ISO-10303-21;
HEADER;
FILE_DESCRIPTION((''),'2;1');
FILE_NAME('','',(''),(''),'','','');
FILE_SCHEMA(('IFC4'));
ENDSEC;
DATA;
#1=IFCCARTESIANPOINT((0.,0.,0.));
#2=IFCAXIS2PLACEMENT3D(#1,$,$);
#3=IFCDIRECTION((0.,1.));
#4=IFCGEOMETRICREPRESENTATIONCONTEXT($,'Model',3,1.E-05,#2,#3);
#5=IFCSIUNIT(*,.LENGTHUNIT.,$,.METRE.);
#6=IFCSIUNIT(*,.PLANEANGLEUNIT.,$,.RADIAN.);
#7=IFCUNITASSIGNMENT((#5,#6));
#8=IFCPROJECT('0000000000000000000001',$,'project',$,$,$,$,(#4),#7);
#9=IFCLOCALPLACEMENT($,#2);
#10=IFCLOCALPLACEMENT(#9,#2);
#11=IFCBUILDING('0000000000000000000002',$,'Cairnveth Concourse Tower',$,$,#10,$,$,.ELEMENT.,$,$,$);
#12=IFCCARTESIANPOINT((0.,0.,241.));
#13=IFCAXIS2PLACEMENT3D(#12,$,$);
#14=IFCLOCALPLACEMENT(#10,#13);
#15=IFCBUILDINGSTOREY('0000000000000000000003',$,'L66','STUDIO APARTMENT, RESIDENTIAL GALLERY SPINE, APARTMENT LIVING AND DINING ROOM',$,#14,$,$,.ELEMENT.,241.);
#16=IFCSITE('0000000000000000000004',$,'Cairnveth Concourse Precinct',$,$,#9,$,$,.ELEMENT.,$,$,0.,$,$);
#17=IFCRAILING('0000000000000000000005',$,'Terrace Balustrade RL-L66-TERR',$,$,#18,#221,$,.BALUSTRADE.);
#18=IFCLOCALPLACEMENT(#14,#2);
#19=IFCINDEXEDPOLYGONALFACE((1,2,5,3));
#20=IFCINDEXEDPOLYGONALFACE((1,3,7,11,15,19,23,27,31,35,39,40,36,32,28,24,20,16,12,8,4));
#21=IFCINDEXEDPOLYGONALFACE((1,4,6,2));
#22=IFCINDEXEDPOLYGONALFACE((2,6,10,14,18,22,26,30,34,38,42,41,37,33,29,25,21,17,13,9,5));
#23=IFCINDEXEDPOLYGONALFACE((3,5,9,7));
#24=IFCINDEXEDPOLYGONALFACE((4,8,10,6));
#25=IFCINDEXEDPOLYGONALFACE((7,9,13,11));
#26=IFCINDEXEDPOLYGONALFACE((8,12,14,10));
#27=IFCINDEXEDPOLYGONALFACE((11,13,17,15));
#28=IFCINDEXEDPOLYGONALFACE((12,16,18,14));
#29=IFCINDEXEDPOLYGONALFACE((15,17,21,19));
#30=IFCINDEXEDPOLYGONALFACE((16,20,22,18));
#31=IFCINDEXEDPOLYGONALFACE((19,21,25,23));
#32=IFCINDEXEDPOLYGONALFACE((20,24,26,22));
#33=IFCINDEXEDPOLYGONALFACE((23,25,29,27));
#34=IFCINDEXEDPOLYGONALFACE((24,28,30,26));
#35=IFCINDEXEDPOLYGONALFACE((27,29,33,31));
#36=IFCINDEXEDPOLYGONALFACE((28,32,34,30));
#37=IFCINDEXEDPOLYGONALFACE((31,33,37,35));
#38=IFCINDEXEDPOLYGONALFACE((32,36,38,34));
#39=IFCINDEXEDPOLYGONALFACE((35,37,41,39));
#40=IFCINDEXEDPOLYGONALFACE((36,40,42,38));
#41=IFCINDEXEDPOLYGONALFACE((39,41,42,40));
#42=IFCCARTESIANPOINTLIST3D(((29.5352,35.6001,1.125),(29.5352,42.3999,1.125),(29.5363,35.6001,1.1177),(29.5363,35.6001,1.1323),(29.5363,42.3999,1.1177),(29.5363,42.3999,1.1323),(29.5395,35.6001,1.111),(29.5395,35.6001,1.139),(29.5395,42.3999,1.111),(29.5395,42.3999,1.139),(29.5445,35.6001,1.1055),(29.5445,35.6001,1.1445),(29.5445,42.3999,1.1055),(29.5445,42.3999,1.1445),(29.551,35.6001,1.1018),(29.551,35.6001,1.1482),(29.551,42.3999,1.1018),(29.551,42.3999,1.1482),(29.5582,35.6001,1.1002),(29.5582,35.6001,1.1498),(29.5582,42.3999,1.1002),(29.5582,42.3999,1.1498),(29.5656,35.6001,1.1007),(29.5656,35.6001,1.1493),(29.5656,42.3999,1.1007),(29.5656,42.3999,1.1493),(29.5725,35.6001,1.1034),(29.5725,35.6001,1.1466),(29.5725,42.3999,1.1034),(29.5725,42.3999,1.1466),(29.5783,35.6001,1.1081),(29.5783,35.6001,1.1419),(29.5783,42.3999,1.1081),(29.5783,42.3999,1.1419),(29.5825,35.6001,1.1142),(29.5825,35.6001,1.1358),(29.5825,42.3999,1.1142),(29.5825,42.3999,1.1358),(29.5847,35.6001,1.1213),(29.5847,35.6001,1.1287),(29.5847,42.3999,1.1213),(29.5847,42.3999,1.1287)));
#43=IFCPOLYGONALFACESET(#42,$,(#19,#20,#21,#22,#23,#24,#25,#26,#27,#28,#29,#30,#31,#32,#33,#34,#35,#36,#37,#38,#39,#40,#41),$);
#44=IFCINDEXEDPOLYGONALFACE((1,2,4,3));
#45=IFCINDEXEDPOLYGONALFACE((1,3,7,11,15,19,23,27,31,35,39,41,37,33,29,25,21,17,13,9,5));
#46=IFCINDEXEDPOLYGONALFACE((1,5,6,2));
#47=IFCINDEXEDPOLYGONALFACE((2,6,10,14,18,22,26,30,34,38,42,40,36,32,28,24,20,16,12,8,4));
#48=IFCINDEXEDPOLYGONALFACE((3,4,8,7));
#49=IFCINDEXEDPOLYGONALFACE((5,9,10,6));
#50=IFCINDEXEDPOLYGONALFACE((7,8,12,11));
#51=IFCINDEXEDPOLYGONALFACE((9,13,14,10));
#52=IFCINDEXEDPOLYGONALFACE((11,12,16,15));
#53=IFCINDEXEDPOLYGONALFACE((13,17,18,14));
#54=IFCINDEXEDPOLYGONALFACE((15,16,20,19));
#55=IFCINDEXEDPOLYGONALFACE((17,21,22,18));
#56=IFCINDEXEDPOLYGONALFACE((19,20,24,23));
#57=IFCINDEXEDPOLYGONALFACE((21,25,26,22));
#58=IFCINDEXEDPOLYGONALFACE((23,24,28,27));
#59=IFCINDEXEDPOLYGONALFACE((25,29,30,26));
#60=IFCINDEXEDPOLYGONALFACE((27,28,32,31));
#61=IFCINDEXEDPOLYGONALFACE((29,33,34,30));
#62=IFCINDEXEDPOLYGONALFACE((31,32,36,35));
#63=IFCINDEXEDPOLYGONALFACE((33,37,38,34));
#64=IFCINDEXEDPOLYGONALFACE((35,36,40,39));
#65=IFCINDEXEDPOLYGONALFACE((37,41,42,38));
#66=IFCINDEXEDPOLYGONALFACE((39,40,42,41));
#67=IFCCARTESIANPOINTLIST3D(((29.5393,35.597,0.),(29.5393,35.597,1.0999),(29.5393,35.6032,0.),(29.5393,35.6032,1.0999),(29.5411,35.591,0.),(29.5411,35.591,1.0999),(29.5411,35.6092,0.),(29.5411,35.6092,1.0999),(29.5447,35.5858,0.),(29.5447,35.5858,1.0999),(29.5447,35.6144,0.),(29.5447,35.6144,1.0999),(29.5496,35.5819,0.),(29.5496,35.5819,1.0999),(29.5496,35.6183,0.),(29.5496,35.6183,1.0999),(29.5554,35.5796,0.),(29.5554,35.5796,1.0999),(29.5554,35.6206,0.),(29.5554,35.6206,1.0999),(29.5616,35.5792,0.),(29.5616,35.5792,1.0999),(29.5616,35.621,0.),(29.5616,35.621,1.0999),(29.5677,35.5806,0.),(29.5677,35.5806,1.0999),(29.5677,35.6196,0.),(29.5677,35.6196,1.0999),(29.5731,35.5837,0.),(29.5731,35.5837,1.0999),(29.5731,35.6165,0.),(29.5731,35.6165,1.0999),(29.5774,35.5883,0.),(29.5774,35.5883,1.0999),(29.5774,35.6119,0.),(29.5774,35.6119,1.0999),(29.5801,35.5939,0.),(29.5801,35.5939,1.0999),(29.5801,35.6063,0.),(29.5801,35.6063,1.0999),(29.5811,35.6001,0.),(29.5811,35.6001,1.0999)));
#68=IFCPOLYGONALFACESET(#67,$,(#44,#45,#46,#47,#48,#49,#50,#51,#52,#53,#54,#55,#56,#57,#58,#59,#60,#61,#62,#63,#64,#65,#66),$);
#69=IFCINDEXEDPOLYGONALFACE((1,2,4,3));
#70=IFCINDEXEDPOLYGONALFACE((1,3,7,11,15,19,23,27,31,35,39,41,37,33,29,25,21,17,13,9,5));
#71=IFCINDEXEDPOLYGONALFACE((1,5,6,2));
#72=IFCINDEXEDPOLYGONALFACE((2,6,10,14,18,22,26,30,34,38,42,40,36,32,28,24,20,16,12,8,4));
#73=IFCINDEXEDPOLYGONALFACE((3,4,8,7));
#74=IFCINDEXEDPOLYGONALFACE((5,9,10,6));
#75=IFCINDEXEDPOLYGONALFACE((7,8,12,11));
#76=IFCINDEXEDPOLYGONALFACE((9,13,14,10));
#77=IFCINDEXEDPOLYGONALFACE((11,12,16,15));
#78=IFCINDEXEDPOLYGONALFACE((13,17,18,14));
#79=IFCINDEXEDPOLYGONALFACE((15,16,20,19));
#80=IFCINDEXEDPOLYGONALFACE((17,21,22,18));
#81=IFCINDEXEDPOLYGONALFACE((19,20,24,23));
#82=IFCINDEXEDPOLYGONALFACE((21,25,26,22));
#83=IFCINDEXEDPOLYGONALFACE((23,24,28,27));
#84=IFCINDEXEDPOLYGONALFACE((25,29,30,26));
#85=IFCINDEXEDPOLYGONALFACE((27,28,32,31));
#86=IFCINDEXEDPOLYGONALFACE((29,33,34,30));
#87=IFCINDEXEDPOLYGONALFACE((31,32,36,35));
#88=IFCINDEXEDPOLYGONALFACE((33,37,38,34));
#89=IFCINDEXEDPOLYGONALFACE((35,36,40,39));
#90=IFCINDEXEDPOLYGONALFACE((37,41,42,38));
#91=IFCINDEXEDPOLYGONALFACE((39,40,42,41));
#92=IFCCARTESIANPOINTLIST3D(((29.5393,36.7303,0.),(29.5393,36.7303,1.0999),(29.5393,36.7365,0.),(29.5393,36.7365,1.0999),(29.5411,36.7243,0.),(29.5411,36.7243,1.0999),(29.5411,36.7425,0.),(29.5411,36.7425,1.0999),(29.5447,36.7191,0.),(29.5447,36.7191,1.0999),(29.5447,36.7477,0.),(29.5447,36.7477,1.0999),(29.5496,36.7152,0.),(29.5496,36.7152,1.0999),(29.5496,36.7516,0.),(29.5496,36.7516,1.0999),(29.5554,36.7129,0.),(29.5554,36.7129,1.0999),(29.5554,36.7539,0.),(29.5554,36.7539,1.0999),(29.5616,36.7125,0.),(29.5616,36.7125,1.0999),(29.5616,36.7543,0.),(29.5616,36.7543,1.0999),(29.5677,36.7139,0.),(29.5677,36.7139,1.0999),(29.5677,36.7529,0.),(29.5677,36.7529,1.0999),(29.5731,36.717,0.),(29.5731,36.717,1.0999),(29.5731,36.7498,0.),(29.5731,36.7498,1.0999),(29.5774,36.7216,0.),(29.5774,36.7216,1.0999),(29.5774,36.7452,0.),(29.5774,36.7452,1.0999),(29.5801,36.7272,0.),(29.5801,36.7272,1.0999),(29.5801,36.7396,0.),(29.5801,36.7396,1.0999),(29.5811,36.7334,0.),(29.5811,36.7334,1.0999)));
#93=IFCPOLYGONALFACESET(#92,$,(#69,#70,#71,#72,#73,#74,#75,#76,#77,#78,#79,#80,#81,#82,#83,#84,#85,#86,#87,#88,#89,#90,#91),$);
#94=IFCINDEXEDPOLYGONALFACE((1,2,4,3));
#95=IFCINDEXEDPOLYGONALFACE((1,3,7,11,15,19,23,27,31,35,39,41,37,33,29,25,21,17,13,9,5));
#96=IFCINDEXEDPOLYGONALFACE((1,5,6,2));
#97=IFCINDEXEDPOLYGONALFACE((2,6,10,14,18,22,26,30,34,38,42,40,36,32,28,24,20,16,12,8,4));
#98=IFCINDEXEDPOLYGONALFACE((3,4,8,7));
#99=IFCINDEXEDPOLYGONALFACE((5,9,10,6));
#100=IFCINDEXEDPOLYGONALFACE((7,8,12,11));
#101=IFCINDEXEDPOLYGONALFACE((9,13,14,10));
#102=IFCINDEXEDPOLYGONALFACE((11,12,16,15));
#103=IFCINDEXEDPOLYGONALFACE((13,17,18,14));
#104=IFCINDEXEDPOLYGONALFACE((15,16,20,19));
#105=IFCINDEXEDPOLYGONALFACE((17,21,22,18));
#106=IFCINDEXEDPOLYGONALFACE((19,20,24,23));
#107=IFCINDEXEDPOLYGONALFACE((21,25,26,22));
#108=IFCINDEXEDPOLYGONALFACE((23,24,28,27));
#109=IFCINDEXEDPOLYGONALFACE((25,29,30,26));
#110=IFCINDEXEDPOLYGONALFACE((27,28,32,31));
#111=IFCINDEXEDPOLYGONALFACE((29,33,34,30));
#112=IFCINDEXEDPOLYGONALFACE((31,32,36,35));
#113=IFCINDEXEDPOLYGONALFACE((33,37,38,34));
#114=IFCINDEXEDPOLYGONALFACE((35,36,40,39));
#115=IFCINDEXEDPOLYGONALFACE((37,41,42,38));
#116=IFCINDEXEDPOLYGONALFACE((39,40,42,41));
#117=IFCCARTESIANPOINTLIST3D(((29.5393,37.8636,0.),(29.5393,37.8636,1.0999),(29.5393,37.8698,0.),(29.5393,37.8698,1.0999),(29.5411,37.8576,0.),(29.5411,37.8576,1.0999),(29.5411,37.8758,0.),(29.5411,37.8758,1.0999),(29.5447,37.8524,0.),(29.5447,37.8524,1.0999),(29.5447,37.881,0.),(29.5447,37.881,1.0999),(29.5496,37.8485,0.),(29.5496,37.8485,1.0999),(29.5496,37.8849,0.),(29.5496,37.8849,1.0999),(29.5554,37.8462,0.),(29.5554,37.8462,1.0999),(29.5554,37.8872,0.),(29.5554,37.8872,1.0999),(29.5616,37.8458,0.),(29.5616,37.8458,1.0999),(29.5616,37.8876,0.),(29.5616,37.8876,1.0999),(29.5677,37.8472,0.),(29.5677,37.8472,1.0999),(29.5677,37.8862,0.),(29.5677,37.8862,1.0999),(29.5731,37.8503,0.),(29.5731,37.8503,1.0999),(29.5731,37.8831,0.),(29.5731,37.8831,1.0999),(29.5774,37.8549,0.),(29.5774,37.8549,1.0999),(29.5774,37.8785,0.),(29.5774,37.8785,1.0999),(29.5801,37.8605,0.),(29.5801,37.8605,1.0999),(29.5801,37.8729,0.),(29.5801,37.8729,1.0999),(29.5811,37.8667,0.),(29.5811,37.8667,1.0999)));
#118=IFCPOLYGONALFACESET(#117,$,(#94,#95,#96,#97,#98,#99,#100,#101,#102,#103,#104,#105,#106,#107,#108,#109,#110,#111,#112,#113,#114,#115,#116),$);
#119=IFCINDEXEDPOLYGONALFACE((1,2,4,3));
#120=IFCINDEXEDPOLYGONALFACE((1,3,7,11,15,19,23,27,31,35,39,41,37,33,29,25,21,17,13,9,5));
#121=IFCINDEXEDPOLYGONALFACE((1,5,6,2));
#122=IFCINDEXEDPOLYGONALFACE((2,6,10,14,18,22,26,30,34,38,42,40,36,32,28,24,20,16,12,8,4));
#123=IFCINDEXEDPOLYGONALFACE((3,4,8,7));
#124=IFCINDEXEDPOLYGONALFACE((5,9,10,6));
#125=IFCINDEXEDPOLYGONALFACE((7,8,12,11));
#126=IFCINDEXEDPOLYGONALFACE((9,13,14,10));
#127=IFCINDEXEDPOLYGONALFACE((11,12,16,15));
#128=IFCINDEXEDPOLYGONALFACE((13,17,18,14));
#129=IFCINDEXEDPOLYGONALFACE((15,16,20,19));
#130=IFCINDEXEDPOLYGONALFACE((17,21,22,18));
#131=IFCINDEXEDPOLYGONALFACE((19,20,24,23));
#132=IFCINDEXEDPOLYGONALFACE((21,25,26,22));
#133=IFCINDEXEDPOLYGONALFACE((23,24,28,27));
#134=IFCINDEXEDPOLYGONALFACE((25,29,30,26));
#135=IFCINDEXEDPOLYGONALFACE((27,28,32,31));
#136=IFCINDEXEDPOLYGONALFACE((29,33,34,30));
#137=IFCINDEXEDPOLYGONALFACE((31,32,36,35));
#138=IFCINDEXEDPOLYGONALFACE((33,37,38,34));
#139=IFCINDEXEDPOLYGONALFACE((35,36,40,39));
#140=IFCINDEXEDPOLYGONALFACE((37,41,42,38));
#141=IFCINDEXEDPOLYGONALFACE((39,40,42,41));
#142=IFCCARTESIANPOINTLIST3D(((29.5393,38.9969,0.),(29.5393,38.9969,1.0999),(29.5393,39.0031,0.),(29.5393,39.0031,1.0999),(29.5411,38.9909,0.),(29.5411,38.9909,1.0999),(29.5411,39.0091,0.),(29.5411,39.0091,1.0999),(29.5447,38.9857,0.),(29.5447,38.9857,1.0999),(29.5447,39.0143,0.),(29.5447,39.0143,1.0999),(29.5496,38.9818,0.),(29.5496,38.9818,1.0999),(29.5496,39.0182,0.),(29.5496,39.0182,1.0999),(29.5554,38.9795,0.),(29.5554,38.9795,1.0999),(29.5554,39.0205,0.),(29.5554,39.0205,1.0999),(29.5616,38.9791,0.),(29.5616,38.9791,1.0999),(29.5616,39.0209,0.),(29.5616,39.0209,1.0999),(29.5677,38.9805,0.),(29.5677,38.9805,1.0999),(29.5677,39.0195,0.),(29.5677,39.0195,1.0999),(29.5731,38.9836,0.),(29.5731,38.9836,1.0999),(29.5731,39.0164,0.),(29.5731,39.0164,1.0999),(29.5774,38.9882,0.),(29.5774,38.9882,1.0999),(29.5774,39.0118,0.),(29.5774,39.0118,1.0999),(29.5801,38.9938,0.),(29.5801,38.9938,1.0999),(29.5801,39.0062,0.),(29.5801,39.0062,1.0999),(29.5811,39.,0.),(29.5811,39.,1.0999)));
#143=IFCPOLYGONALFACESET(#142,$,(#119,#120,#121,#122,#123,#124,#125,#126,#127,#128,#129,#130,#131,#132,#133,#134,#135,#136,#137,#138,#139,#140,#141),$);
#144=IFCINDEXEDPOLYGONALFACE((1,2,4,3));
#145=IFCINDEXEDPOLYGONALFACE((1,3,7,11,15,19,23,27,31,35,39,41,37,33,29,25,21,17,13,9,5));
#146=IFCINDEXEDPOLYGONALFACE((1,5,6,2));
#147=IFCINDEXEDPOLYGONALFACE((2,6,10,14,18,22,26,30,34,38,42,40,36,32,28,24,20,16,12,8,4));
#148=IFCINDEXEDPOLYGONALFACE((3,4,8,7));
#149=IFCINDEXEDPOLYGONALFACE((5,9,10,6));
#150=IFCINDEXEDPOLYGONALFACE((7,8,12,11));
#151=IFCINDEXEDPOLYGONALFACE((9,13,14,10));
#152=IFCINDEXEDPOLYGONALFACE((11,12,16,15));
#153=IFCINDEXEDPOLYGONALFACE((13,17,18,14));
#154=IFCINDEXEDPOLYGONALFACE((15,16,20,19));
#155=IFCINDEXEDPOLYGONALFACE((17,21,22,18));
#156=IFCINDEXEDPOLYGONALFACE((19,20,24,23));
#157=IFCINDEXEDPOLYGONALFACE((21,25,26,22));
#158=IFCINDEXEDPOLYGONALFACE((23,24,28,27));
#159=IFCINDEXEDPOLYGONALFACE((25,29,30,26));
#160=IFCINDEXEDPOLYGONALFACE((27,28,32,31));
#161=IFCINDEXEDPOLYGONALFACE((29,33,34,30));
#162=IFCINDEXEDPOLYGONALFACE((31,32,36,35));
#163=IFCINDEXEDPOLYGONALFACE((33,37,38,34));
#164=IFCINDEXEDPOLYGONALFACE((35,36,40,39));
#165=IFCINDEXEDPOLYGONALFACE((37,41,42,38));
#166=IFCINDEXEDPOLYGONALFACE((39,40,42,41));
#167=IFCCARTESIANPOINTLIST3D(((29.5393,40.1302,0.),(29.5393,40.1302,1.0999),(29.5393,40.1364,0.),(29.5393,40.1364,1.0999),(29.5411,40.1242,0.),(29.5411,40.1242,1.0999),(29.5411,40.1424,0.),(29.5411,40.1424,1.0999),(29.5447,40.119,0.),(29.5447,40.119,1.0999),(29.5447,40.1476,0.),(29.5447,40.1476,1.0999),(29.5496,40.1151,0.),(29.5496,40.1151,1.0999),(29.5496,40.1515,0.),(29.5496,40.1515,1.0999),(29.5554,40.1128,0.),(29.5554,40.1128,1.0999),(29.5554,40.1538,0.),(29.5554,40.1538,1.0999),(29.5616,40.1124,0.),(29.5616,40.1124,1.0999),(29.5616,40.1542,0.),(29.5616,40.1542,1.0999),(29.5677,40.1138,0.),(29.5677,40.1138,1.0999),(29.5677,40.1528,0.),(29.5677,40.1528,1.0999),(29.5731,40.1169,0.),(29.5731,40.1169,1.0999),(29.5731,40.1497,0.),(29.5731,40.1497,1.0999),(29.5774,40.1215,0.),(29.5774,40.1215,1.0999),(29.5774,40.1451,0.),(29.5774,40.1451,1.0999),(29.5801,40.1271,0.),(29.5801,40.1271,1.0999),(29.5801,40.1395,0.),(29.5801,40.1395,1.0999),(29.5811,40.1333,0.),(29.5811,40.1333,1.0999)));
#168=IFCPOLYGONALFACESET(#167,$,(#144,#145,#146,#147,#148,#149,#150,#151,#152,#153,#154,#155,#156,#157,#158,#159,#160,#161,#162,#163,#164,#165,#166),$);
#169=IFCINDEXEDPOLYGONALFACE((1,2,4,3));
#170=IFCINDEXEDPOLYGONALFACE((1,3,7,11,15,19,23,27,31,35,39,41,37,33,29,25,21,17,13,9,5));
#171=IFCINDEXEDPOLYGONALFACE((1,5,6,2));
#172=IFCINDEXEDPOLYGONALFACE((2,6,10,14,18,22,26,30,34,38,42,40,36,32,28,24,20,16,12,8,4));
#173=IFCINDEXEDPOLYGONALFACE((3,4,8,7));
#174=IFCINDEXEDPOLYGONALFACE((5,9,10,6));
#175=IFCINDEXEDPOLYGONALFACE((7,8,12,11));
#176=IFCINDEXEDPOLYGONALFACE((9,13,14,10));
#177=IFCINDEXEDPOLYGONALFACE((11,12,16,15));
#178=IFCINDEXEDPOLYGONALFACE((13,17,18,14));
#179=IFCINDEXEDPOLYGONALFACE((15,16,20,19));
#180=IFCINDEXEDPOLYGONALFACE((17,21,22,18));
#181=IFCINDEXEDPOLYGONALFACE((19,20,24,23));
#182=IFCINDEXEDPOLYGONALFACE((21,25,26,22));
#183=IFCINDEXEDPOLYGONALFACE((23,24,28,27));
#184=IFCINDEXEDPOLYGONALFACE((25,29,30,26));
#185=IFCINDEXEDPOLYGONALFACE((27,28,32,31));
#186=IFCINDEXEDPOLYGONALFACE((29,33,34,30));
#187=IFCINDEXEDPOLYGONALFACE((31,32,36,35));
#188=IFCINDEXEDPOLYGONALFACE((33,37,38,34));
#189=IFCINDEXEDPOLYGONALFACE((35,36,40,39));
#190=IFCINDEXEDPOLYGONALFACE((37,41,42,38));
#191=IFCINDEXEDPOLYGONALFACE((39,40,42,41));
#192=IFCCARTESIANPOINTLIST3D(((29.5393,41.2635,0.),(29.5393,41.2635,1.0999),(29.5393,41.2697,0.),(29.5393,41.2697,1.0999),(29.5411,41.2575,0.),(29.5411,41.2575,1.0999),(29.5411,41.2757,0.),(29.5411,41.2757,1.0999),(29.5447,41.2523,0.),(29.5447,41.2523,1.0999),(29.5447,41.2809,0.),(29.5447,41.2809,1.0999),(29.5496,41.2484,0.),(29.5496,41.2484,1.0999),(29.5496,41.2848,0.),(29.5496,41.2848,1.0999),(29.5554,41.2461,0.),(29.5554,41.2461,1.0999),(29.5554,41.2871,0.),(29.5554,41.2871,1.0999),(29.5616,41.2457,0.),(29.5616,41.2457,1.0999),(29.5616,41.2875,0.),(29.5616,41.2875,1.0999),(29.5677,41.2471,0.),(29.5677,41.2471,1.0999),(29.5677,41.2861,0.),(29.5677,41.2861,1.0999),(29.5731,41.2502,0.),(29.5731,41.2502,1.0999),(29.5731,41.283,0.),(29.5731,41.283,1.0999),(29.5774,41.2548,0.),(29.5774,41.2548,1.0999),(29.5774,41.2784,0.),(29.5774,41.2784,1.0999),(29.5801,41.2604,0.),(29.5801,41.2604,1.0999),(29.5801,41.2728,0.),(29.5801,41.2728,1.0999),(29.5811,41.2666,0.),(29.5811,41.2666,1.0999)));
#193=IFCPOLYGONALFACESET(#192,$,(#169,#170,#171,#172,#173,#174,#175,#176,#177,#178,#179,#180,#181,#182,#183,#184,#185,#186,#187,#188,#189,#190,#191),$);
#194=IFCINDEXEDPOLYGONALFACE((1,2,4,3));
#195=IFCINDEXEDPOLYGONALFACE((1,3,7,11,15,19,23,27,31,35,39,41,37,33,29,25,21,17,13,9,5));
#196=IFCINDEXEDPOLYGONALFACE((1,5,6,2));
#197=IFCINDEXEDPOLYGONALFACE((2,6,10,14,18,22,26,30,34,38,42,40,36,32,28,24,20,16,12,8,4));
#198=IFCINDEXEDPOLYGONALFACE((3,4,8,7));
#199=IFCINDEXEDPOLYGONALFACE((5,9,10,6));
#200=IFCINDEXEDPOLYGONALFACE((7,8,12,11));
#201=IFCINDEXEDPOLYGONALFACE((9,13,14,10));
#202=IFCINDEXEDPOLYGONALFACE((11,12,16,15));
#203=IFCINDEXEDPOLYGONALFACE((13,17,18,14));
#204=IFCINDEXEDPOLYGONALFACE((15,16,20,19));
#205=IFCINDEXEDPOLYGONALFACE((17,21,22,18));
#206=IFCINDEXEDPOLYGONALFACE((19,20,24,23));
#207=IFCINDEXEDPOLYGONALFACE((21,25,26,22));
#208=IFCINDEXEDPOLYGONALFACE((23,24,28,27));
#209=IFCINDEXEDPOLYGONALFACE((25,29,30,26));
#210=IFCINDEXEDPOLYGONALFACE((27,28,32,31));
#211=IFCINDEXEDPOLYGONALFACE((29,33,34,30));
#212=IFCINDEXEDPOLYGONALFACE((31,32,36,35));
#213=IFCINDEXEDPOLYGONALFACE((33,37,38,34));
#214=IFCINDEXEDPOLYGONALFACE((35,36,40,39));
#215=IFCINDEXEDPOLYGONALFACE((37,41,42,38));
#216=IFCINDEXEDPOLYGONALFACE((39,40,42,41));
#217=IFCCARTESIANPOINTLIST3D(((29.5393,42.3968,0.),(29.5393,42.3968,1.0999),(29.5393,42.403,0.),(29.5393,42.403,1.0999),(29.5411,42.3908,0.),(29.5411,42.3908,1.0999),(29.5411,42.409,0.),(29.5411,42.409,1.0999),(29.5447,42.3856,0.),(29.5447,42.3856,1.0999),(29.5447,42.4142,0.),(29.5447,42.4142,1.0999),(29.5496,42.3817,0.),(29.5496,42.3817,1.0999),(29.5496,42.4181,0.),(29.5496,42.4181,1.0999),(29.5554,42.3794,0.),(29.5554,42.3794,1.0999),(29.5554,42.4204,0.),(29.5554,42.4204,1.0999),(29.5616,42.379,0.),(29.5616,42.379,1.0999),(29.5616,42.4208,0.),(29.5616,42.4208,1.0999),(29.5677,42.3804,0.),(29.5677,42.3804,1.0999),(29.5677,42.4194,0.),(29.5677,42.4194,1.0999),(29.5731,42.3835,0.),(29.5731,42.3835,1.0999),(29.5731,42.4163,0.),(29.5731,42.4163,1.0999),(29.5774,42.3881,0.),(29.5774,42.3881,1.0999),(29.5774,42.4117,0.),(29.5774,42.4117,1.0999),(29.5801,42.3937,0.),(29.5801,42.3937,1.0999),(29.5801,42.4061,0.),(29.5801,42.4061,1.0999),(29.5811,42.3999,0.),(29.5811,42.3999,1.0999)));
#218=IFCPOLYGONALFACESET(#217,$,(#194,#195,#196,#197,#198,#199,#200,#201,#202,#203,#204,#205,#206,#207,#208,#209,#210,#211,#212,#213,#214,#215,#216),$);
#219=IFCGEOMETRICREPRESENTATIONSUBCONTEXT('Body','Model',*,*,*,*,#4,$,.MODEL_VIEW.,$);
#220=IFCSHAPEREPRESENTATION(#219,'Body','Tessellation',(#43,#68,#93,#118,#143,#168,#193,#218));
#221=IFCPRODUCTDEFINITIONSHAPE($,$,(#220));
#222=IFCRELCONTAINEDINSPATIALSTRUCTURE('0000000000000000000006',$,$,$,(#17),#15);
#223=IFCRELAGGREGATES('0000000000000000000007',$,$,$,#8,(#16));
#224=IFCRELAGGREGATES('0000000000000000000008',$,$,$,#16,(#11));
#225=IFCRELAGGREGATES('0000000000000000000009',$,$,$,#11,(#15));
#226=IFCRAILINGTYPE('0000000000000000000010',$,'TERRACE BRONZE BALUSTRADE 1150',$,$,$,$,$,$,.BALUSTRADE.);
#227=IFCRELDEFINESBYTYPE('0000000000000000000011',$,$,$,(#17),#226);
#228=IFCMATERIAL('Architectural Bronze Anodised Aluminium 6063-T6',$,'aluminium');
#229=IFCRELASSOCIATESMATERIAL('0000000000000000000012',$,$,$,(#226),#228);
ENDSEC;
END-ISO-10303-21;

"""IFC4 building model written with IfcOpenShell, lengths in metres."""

from ifc_helpers import new_model, si_unit, direction, frame, origin, origin_2d, place, context, subcontext, project, spatial, circle, extrude, material, type_object, element, save


model = new_model("IFC4")

# Units and contexts
model_context = context("Model", 3, precision=1e-05, world=origin(), true_north=direction((0.0, 1.0)))
body_context = subcontext(model_context, "Body", "Model", "MODEL_VIEW")
ifc_project = project(units=[si_unit("LENGTHUNIT", "METRE"), si_unit("PLANEANGLEUNIT", "RADIAN")], contexts=[model_context])

# Site, building, storey
site_placement = place(None, origin())
site = spatial("IfcSite", under=ifc_project, at=site_placement, Name="Cairnveth Concourse Precinct", CompositionType="ELEMENT", RefElevation=0.0)
building_placement = place(site_placement, origin())
building = spatial("IfcBuilding", under=site, at=building_placement, Name="Cairnveth Concourse Tower", CompositionType="ELEMENT")
storey_placement = place(building_placement, frame((0.0, 0.0, 241.0)))
storey = spatial("IfcBuildingStorey", under=building, at=storey_placement, Name="L66", Description="STUDIO APARTMENT, RESIDENTIAL GALLERY SPINE, APARTMENT LIVING AND DINING ROOM", CompositionType="ELEMENT", Elevation=241.0)

# Shared definitions
ifc_material_1 = material(Name="Architectural Bronze Anodised Aluminium 6063-T6", Category="aluminium")

# Railing
railing_type = type_object("IfcRailingType", Name="TERRACE BRONZE BALUSTRADE 1150", PredefinedType="BALUSTRADE", material=ifc_material_1)
railing_placement = place(storey_placement, frame((29.5601, 35.6001, 0.0)))
element("IfcRailing", 1, at=railing_placement, inside=storey, type_object=railing_type, Name="Terrace Balustrade RL-L66-TERR", PredefinedType="BALUSTRADE", context=body_context, shape_type="SweptSolid", body=[
    extrude(circle(Radius=0.0249, at=origin_2d()), frame((0.0, 0.0, 1.125), z_axis=(0.0, 1.0, 0.0), x_axis=(-1.0, 0.0, 0.0)), (0.0, 0.0, 1.0), 6.7998),
    extrude(circle(Radius=0.021, at=origin_2d()), origin(), (0.0, 0.0, 1.0), 1.0999),
    extrude(circle(Radius=0.021, at=origin_2d()), frame((0.0, 1.1333, 0.0)), (0.0, 0.0, 1.0), 1.0999),
    extrude(circle(Radius=0.021, at=origin_2d()), frame((0.0, 2.2666, 0.0)), (0.0, 0.0, 1.0), 1.0999),
    extrude(circle(Radius=0.021, at=origin_2d()), frame((0.0, 3.3999, 0.0)), (0.0, 0.0, 1.0), 1.0999),
    extrude(circle(Radius=0.021, at=origin_2d()), frame((0.0, 4.5332, 0.0)), (0.0, 0.0, 1.0), 1.0999),
    extrude(circle(Radius=0.021, at=origin_2d()), frame((0.0, 5.6665, 0.0)), (0.0, 0.0, 1.0), 1.0999),
    extrude(circle(Radius=0.021, at=origin_2d()), frame((0.0, 6.7998, 0.0)), (0.0, 0.0, 1.0), 1.0999),
])

save(model, "model.ifc")
